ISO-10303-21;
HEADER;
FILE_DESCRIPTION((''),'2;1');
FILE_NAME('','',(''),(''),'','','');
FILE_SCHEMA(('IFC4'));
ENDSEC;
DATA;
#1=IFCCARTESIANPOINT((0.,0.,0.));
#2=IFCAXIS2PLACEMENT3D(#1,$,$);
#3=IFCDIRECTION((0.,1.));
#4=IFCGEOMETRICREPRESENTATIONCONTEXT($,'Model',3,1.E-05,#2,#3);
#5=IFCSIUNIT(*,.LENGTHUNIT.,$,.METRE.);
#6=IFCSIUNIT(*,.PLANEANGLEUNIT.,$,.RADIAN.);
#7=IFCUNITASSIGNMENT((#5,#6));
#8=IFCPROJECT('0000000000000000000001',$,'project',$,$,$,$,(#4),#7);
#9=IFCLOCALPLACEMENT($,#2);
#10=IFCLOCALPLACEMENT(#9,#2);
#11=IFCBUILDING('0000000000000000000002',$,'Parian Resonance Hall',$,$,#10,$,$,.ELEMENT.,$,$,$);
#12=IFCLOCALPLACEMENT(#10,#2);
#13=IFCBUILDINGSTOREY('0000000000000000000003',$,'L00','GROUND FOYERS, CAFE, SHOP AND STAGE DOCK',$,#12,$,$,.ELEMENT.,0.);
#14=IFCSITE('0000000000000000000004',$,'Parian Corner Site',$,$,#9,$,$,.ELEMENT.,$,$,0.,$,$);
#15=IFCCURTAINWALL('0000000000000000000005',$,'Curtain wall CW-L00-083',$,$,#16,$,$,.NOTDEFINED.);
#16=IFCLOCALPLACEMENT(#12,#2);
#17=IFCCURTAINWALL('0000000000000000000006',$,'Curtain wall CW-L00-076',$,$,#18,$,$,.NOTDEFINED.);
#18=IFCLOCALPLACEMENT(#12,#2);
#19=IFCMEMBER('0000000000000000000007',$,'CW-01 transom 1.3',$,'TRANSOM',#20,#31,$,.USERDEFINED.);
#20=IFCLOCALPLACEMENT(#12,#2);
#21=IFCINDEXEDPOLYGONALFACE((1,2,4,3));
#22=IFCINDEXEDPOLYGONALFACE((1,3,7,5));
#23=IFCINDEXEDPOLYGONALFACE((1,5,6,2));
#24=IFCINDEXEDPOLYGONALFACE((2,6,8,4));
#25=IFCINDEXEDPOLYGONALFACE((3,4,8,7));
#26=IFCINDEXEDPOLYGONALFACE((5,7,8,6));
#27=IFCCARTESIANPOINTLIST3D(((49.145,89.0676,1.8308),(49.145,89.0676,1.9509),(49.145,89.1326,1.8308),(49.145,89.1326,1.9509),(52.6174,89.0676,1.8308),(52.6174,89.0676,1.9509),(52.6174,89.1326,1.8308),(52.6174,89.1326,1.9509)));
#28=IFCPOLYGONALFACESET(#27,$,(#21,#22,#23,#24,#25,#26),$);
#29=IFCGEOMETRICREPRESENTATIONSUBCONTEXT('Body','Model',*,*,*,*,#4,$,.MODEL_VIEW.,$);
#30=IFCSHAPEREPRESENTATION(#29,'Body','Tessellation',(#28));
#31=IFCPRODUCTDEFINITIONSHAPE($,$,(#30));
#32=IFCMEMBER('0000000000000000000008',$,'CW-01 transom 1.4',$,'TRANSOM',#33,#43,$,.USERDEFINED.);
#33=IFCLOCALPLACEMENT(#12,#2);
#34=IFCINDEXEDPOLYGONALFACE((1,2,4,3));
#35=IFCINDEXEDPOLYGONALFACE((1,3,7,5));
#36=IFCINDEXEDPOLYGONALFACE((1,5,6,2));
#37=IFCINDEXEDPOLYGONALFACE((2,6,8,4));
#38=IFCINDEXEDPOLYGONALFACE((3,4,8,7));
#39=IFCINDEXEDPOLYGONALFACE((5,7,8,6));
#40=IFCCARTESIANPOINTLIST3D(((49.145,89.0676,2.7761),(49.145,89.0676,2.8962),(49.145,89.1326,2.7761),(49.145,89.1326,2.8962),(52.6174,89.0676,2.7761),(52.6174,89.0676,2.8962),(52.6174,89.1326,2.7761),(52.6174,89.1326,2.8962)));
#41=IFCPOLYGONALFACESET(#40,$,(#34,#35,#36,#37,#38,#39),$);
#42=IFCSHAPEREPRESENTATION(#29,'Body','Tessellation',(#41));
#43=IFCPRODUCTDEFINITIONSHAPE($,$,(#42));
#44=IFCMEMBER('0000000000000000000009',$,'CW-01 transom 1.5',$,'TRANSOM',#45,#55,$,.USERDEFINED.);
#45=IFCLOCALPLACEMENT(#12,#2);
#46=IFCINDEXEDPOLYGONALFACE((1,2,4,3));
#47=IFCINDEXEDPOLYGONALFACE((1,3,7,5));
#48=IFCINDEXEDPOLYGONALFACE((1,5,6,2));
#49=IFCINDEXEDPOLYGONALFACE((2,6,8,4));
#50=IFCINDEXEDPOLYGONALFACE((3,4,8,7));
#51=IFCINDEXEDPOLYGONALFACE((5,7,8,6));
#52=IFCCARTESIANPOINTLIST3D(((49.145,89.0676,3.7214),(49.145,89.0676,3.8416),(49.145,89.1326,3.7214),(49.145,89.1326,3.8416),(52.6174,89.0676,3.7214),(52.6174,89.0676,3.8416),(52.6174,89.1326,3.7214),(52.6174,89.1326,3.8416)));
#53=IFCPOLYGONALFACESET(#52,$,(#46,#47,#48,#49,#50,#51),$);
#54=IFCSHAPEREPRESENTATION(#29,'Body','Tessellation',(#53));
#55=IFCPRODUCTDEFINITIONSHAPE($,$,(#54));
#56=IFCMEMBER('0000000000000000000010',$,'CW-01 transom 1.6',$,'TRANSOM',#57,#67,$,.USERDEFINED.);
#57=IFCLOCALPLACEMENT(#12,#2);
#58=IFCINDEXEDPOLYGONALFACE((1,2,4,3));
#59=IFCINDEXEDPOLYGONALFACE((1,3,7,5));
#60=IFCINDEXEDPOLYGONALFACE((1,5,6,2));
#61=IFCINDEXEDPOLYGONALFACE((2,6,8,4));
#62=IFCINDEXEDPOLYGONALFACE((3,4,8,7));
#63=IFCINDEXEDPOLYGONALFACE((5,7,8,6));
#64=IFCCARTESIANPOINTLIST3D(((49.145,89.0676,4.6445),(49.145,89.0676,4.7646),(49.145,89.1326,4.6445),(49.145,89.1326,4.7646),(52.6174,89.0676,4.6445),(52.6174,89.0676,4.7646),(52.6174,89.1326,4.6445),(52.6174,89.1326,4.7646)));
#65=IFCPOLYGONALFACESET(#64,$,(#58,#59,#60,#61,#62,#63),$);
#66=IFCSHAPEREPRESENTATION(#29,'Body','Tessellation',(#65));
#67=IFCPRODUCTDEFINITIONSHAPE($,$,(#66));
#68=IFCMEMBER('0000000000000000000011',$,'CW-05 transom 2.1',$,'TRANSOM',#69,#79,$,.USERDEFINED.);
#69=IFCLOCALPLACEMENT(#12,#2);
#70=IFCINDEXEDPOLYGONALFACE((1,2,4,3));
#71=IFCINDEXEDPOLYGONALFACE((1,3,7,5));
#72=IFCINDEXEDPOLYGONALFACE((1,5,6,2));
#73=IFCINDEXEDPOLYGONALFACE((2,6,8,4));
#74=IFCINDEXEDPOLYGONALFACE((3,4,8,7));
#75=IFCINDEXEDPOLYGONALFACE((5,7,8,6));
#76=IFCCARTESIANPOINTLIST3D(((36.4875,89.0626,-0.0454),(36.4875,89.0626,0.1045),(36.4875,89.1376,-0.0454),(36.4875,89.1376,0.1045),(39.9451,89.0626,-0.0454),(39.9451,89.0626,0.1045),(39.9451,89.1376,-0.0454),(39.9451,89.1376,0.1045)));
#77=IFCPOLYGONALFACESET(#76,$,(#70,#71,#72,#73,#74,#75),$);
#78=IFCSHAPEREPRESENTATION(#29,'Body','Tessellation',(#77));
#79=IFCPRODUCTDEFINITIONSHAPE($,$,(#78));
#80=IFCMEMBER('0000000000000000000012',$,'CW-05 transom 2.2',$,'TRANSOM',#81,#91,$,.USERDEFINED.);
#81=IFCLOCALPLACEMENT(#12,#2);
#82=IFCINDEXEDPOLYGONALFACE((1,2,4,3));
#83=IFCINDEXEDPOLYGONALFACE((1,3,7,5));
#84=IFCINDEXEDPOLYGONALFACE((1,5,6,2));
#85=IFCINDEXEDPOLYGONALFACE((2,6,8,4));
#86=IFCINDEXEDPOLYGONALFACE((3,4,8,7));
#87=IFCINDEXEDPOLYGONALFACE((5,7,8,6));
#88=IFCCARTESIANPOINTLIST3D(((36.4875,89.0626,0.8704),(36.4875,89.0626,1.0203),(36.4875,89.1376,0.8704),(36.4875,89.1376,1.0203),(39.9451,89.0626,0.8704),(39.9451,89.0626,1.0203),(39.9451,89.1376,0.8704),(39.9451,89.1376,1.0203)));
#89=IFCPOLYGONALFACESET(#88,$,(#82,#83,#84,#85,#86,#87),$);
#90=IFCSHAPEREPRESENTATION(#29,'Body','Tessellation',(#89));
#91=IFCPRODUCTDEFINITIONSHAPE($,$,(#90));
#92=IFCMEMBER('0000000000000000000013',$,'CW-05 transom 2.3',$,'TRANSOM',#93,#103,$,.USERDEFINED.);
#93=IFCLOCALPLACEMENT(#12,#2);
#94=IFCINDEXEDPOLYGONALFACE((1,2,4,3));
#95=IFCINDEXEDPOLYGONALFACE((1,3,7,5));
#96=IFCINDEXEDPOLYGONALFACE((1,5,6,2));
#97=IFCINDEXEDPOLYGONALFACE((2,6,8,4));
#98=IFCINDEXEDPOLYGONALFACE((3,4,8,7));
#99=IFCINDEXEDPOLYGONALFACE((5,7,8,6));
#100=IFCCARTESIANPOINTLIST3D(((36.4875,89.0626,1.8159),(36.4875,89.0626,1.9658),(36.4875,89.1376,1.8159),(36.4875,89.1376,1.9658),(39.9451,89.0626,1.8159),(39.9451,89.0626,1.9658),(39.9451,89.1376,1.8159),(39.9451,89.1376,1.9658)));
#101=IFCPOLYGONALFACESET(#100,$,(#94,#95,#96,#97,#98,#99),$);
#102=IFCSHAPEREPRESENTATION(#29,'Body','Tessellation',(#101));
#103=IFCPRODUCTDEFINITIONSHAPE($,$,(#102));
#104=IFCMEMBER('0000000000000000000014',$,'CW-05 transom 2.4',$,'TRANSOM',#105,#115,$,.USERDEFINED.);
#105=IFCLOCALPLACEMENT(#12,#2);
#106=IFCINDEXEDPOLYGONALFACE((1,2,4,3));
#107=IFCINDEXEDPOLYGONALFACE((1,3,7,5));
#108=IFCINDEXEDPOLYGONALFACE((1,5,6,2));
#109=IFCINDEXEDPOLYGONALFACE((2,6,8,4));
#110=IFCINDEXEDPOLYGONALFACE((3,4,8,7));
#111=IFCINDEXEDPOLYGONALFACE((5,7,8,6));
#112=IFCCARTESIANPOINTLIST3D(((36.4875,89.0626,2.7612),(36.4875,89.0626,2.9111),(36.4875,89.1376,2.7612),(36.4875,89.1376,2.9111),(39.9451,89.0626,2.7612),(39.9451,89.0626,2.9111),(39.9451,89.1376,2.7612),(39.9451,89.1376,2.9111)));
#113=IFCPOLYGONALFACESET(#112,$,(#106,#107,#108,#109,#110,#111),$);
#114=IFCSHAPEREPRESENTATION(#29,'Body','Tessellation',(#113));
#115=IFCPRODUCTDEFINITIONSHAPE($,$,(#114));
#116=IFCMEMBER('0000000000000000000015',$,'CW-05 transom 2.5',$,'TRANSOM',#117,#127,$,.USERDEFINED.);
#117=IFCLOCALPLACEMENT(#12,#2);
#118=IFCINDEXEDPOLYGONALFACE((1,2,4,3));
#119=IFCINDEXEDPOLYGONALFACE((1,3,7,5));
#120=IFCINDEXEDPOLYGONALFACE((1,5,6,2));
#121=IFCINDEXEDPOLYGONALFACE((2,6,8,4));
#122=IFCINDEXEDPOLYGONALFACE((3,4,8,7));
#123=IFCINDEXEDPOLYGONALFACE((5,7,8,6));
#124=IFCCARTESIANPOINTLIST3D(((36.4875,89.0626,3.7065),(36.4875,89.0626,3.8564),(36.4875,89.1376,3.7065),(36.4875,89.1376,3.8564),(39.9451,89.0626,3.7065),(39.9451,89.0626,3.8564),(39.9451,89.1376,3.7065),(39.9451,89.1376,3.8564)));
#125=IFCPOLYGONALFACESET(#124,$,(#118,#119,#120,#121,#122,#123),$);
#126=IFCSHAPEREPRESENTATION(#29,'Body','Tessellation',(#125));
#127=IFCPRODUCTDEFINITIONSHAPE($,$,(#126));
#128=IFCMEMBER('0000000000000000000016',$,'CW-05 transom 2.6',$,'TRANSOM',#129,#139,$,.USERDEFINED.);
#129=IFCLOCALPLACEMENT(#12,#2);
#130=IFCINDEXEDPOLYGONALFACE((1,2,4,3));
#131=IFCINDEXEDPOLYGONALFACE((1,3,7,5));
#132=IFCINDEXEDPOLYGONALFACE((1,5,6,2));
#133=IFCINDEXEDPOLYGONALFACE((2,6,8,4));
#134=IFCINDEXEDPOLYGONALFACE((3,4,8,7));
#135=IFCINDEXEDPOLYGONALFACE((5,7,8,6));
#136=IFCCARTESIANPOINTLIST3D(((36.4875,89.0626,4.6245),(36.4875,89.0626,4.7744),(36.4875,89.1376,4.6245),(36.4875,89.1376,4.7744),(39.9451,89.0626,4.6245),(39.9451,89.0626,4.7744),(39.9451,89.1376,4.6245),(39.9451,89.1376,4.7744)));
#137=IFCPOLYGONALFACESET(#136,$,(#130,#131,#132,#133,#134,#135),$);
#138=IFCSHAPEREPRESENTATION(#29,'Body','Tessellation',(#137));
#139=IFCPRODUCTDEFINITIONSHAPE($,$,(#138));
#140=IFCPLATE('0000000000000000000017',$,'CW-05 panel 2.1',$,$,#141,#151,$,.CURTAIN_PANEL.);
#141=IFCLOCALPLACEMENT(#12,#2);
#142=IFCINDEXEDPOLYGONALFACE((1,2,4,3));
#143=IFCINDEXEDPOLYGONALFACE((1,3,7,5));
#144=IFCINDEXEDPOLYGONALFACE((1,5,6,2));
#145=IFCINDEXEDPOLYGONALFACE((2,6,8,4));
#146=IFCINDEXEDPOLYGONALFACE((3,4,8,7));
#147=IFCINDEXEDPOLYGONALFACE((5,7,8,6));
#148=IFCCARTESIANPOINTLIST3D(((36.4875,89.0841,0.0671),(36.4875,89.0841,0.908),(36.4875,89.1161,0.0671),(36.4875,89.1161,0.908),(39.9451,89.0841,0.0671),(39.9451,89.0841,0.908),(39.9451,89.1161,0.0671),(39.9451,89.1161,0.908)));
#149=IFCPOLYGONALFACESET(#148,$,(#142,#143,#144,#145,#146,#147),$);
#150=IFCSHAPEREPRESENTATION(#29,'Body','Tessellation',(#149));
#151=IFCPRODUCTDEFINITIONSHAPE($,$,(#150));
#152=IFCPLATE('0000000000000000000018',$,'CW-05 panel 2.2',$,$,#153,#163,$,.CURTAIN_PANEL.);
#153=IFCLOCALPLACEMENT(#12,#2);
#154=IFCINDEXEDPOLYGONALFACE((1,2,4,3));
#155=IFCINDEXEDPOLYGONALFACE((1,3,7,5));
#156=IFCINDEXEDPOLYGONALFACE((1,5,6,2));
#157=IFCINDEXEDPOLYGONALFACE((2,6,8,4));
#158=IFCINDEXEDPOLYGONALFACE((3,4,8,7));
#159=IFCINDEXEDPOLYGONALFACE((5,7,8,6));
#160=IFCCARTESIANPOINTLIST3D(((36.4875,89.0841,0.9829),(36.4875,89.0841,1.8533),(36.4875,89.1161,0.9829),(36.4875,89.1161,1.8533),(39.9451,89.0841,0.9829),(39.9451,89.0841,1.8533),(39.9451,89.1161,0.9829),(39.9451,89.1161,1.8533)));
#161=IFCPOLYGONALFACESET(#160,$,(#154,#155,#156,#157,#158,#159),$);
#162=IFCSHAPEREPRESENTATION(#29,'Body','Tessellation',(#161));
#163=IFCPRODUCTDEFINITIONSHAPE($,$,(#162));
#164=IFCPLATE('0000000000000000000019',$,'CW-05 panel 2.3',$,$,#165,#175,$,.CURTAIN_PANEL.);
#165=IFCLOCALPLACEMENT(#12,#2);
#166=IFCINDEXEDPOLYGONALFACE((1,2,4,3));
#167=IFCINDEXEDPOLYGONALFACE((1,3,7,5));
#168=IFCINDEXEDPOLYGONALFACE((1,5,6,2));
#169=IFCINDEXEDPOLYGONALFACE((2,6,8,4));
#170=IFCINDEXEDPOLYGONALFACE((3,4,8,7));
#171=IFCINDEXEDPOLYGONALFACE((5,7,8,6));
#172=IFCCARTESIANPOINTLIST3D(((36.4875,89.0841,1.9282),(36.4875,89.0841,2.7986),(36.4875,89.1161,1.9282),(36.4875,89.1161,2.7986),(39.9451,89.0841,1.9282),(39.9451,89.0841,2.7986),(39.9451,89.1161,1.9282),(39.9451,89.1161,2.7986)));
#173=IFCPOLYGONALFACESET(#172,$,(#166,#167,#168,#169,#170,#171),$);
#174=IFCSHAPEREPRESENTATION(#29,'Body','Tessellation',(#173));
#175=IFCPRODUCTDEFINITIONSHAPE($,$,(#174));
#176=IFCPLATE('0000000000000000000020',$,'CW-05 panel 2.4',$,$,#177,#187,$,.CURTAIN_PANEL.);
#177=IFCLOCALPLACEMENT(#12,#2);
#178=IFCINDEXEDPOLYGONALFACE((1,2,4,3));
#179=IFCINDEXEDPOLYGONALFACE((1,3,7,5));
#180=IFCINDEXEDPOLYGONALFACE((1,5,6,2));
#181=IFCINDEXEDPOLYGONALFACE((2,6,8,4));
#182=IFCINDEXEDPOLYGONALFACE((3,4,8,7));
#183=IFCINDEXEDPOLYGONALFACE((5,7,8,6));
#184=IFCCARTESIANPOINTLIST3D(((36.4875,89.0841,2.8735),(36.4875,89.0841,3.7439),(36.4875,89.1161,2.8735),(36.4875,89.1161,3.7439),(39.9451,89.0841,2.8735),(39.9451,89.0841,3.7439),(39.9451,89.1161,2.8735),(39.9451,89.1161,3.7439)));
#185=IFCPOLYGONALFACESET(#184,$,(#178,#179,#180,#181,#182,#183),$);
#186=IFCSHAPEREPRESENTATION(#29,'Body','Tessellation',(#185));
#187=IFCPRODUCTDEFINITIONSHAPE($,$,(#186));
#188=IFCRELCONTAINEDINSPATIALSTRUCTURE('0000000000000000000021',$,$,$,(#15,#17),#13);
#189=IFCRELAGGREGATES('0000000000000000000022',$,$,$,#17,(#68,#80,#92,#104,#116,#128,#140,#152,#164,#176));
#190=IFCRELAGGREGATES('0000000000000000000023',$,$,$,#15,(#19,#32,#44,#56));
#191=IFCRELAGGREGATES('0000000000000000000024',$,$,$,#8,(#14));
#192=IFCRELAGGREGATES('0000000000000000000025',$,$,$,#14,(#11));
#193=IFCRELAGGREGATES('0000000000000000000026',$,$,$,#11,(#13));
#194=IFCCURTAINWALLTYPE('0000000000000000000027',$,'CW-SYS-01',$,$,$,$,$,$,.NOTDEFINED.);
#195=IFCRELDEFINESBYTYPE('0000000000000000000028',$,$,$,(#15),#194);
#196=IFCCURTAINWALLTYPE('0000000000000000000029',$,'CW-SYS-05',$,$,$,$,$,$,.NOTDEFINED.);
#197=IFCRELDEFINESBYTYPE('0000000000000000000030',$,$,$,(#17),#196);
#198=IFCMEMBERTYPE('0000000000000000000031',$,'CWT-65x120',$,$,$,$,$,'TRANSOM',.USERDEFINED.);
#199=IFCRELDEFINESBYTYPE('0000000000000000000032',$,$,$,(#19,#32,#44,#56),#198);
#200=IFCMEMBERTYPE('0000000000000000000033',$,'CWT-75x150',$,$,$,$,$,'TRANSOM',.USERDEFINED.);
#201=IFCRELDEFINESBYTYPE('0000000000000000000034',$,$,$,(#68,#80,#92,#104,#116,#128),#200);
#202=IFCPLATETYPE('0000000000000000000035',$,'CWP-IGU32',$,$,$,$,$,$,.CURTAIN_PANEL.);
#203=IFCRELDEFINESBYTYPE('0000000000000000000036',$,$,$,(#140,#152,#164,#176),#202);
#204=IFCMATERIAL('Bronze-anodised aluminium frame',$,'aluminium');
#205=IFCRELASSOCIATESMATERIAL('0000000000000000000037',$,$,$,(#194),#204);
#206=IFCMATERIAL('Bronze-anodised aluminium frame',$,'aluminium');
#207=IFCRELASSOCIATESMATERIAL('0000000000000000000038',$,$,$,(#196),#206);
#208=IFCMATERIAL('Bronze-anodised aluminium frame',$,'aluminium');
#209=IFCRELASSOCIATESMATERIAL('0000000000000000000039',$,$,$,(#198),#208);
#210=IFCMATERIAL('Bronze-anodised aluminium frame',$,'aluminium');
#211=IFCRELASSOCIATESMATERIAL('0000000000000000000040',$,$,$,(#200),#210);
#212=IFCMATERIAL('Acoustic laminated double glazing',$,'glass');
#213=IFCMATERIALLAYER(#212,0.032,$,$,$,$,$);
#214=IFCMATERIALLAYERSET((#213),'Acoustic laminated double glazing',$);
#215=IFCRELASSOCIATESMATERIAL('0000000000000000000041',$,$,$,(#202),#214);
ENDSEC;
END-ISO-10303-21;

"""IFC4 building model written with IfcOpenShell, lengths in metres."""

from ifc_helpers import new_model, si_unit, direction, frame, origin, origin_2d, place, context, subcontext, project, spatial, rectangle, extrude, material, layer, layer_set, material_profile, profile_set, type_object, element, aggregate, save


model = new_model("IFC4")

# Units and contexts
model_context = context("Model", 3, precision=1e-05, world=origin(), true_north=direction((0.0, 1.0)))
body_context = subcontext(model_context, "Body", "Model", "MODEL_VIEW")
ifc_project = project(units=[si_unit("LENGTHUNIT", "METRE"), si_unit("PLANEANGLEUNIT", "RADIAN")], contexts=[model_context])

# Site, building, storey
site_placement = place(None, origin())
site = spatial("IfcSite", under=ifc_project, at=site_placement, Name="Parian Corner Site", CompositionType="ELEMENT", RefElevation=0.0)
building_placement = place(site_placement, origin())
building = spatial("IfcBuilding", under=site, at=building_placement, Name="Parian Resonance Hall", CompositionType="ELEMENT")
storey_placement = place(building_placement, origin())
storey = spatial("IfcBuildingStorey", under=building, at=storey_placement, Name="L00", Description="GROUND FOYERS, CAFE, SHOP AND STAGE DOCK", CompositionType="ELEMENT", Elevation=0.0)

# Curtain walls
ifc_material_1 = material(Name="Bronze-anodised aluminium frame", Category="aluminium")
curtain_wall_type_1 = type_object("IfcCurtainWallType", Name="CW-SYS-01", PredefinedType="NOTDEFINED", material=ifc_material_1)
curtain_wall_1_placement = place(storey_placement, origin())
curtain_wall_1 = element("IfcCurtainWall", 1, at=curtain_wall_1_placement, inside=storey, type_object=curtain_wall_type_1, Name="Curtain wall CW-L00-083", PredefinedType="NOTDEFINED")
ifc_material_2 = material(Name="Bronze-anodised aluminium frame", Category="aluminium")
curtain_wall_type_2 = type_object("IfcCurtainWallType", Name="CW-SYS-05", PredefinedType="NOTDEFINED", material=ifc_material_2)
curtain_wall_2_placement = place(storey_placement, origin())
curtain_wall_2 = element("IfcCurtainWall", 2, at=curtain_wall_2_placement, inside=storey, type_object=curtain_wall_type_2, Name="Curtain wall CW-L00-076", PredefinedType="NOTDEFINED")

# Members
ifc_material_3 = material(Name="Bronze-anodised aluminium frame", Category="aluminium")
ifc_material_profile_1 = material_profile(ifc_material_3, rectangle(XDim=0.0649, YDim=0.1201, at=origin_2d()), Name="CWT-65x120")
ifc_profile_set_1 = profile_set([ifc_material_profile_1], Name="Bronze-anodised aluminium frame")
member_type_1 = type_object("IfcMemberType", Name="CWT-65x120", ElementType="TRANSOM", PredefinedType="USERDEFINED", material=ifc_profile_set_1)
member_1_placement = place(storey_placement, frame((49.145, 89.1001, 1.8909), z_axis=(1.0, 0.0, 0.0), x_axis=(0.0, 1.0, 0.0)))
member_1 = element("IfcMember", 3, at=member_1_placement, type_object=member_type_1, Name="CW-01 transom 1.3", ObjectType="TRANSOM", PredefinedType="USERDEFINED", context=body_context, shape_type="SweptSolid", body=[
    extrude(rectangle(XDim=0.0649, YDim=0.1201, at=origin_2d()), origin(), (0.0, 0.0, 1.0), 3.4724),
])
member_2_placement = place(storey_placement, frame((49.145, 89.1001, 2.8362), z_axis=(1.0, 0.0, 0.0), x_axis=(0.0, 1.0, 0.0)))
member_2 = element("IfcMember", 4, at=member_2_placement, type_object=member_type_1, Name="CW-01 transom 1.4", ObjectType="TRANSOM", PredefinedType="USERDEFINED", context=body_context, shape_type="SweptSolid", body=[
    extrude(rectangle(XDim=0.0649, YDim=0.1201, at=origin_2d()), origin(), (0.0, 0.0, 1.0), 3.4724),
])
member_3_placement = place(storey_placement, frame((49.145, 89.1001, 3.7815), z_axis=(1.0, 0.0, 0.0), x_axis=(0.0, 1.0, 0.0)))
member_3 = element("IfcMember", 5, at=member_3_placement, type_object=member_type_1, Name="CW-01 transom 1.5", ObjectType="TRANSOM", PredefinedType="USERDEFINED", context=body_context, shape_type="SweptSolid", body=[
    extrude(rectangle(XDim=0.0649, YDim=0.1201, at=origin_2d()), origin(), (0.0, 0.0, 1.0), 3.4724),
])
member_4_placement = place(storey_placement, frame((49.145, 89.1001, 4.7046), z_axis=(1.0, 0.0, 0.0), x_axis=(0.0, 1.0, 0.0)))
member_4 = element("IfcMember", 6, at=member_4_placement, type_object=member_type_1, Name="CW-01 transom 1.6", ObjectType="TRANSOM", PredefinedType="USERDEFINED", context=body_context, shape_type="SweptSolid", body=[
    extrude(rectangle(XDim=0.0649, YDim=0.1201, at=origin_2d()), origin(), (0.0, 0.0, 1.0), 3.4724),
])
ifc_material_4 = material(Name="Bronze-anodised aluminium frame", Category="aluminium")
ifc_material_profile_2 = material_profile(ifc_material_4, rectangle(XDim=0.075, YDim=0.1499, at=origin_2d()), Name="CWT-75x150")
ifc_profile_set_2 = profile_set([ifc_material_profile_2], Name="Bronze-anodised aluminium frame")
member_type_2 = type_object("IfcMemberType", Name="CWT-75x150", ElementType="TRANSOM", PredefinedType="USERDEFINED", material=ifc_profile_set_2)
member_5_placement = place(storey_placement, frame((36.4875, 89.1001, 0.0295), z_axis=(1.0, 0.0, 0.0), x_axis=(0.0, 1.0, 0.0)))
member_5 = element("IfcMember", 7, at=member_5_placement, type_object=member_type_2, Name="CW-05 transom 2.1", ObjectType="TRANSOM", PredefinedType="USERDEFINED", context=body_context, shape_type="SweptSolid", body=[
    extrude(rectangle(XDim=0.075, YDim=0.1499, at=origin_2d()), origin(), (0.0, 0.0, 1.0), 3.4575),
])
member_6_placement = place(storey_placement, frame((36.4875, 89.1001, 0.9453), z_axis=(1.0, 0.0, 0.0), x_axis=(0.0, 1.0, 0.0)))
member_6 = element("IfcMember", 8, at=member_6_placement, type_object=member_type_2, Name="CW-05 transom 2.2", ObjectType="TRANSOM", PredefinedType="USERDEFINED", context=body_context, shape_type="SweptSolid", body=[
    extrude(rectangle(XDim=0.075, YDim=0.1499, at=origin_2d()), origin(), (0.0, 0.0, 1.0), 3.4575),
])
member_7_placement = place(storey_placement, frame((36.4875, 89.1001, 1.8909), z_axis=(1.0, 0.0, 0.0), x_axis=(0.0, 1.0, 0.0)))
member_7 = element("IfcMember", 9, at=member_7_placement, type_object=member_type_2, Name="CW-05 transom 2.3", ObjectType="TRANSOM", PredefinedType="USERDEFINED", context=body_context, shape_type="SweptSolid", body=[
    extrude(rectangle(XDim=0.075, YDim=0.1499, at=origin_2d()), origin(), (0.0, 0.0, 1.0), 3.4575),
])
member_8_placement = place(storey_placement, frame((36.4875, 89.1001, 2.8362), z_axis=(1.0, 0.0, 0.0), x_axis=(0.0, 1.0, 0.0)))
member_8 = element("IfcMember", 10, at=member_8_placement, type_object=member_type_2, Name="CW-05 transom 2.4", ObjectType="TRANSOM", PredefinedType="USERDEFINED", context=body_context, shape_type="SweptSolid", body=[
    extrude(rectangle(XDim=0.075, YDim=0.1499, at=origin_2d()), origin(), (0.0, 0.0, 1.0), 3.4575),
])
member_9_placement = place(storey_placement, frame((36.4875, 89.1001, 3.7815), z_axis=(1.0, 0.0, 0.0), x_axis=(0.0, 1.0, 0.0)))
member_9 = element("IfcMember", 11, at=member_9_placement, type_object=member_type_2, Name="CW-05 transom 2.5", ObjectType="TRANSOM", PredefinedType="USERDEFINED", context=body_context, shape_type="SweptSolid", body=[
    extrude(rectangle(XDim=0.075, YDim=0.1499, at=origin_2d()), origin(), (0.0, 0.0, 1.0), 3.4575),
])
member_10_placement = place(storey_placement, frame((36.4875, 89.1001, 4.6995), z_axis=(1.0, 0.0, 0.0), x_axis=(0.0, 1.0, 0.0)))
member_10 = element("IfcMember", 12, at=member_10_placement, type_object=member_type_2, Name="CW-05 transom 2.6", ObjectType="TRANSOM", PredefinedType="USERDEFINED", context=body_context, shape_type="SweptSolid", body=[
    extrude(rectangle(XDim=0.075, YDim=0.1499, at=origin_2d()), origin(), (0.0, 0.0, 1.0), 3.4575),
])

# Plates
ifc_material_5 = material(Name="Acoustic laminated double glazing", Category="glass")
ifc_layer_1 = layer(ifc_material_5, 0.032)
ifc_layer_set_1 = layer_set([ifc_layer_1], Name="Acoustic laminated double glazing")
plate_type_1 = type_object("IfcPlateType", Name="CWP-IGU32", PredefinedType="CURTAIN_PANEL", material=ifc_layer_set_1)
plate_1_placement = place(storey_placement, frame((38.2163, 89.1001, 0.0671), z_axis=(0.0, 0.0, 1.0), x_axis=(1.0, 0.0, 0.0)))
plate_1 = element("IfcPlate", 13, at=plate_1_placement, type_object=plate_type_1, Name="CW-05 panel 2.1", PredefinedType="CURTAIN_PANEL", context=body_context, shape_type="SweptSolid", body=[
    extrude(rectangle(XDim=3.4575, YDim=0.032, at=origin_2d()), origin(), (0.0, 0.0, 1.0), 0.8408),
])
plate_2_placement = place(storey_placement, frame((38.2163, 89.1001, 0.9829), z_axis=(0.0, 0.0, 1.0), x_axis=(1.0, 0.0, 0.0)))
plate_2 = element("IfcPlate", 14, at=plate_2_placement, type_object=plate_type_1, Name="CW-05 panel 2.2", PredefinedType="CURTAIN_PANEL", context=body_context, shape_type="SweptSolid", body=[
    extrude(rectangle(XDim=3.4575, YDim=0.032, at=origin_2d()), origin(), (0.0, 0.0, 1.0), 0.8704),
])
plate_3_placement = place(storey_placement, frame((38.2163, 89.1001, 1.9282), z_axis=(0.0, 0.0, 1.0), x_axis=(1.0, 0.0, 0.0)))
plate_3 = element("IfcPlate", 15, at=plate_3_placement, type_object=plate_type_1, Name="CW-05 panel 2.3", PredefinedType="CURTAIN_PANEL", context=body_context, shape_type="SweptSolid", body=[
    extrude(rectangle(XDim=3.4575, YDim=0.032, at=origin_2d()), origin(), (0.0, 0.0, 1.0), 0.8704),
])
plate_4_placement = place(storey_placement, frame((38.2163, 89.1001, 2.8735), z_axis=(0.0, 0.0, 1.0), x_axis=(1.0, 0.0, 0.0)))
plate_4 = element("IfcPlate", 16, at=plate_4_placement, type_object=plate_type_1, Name="CW-05 panel 2.4", PredefinedType="CURTAIN_PANEL", context=body_context, shape_type="SweptSolid", body=[
    extrude(rectangle(XDim=3.4575, YDim=0.032, at=origin_2d()), origin(), (0.0, 0.0, 1.0), 0.8704),
])
aggregate(curtain_wall_2, [member_5, member_6, member_7, member_8, member_9, member_10, plate_1, plate_2, plate_3, plate_4])
aggregate(curtain_wall_1, [member_1, member_2, member_3, member_4])

save(model, "model.ifc")
